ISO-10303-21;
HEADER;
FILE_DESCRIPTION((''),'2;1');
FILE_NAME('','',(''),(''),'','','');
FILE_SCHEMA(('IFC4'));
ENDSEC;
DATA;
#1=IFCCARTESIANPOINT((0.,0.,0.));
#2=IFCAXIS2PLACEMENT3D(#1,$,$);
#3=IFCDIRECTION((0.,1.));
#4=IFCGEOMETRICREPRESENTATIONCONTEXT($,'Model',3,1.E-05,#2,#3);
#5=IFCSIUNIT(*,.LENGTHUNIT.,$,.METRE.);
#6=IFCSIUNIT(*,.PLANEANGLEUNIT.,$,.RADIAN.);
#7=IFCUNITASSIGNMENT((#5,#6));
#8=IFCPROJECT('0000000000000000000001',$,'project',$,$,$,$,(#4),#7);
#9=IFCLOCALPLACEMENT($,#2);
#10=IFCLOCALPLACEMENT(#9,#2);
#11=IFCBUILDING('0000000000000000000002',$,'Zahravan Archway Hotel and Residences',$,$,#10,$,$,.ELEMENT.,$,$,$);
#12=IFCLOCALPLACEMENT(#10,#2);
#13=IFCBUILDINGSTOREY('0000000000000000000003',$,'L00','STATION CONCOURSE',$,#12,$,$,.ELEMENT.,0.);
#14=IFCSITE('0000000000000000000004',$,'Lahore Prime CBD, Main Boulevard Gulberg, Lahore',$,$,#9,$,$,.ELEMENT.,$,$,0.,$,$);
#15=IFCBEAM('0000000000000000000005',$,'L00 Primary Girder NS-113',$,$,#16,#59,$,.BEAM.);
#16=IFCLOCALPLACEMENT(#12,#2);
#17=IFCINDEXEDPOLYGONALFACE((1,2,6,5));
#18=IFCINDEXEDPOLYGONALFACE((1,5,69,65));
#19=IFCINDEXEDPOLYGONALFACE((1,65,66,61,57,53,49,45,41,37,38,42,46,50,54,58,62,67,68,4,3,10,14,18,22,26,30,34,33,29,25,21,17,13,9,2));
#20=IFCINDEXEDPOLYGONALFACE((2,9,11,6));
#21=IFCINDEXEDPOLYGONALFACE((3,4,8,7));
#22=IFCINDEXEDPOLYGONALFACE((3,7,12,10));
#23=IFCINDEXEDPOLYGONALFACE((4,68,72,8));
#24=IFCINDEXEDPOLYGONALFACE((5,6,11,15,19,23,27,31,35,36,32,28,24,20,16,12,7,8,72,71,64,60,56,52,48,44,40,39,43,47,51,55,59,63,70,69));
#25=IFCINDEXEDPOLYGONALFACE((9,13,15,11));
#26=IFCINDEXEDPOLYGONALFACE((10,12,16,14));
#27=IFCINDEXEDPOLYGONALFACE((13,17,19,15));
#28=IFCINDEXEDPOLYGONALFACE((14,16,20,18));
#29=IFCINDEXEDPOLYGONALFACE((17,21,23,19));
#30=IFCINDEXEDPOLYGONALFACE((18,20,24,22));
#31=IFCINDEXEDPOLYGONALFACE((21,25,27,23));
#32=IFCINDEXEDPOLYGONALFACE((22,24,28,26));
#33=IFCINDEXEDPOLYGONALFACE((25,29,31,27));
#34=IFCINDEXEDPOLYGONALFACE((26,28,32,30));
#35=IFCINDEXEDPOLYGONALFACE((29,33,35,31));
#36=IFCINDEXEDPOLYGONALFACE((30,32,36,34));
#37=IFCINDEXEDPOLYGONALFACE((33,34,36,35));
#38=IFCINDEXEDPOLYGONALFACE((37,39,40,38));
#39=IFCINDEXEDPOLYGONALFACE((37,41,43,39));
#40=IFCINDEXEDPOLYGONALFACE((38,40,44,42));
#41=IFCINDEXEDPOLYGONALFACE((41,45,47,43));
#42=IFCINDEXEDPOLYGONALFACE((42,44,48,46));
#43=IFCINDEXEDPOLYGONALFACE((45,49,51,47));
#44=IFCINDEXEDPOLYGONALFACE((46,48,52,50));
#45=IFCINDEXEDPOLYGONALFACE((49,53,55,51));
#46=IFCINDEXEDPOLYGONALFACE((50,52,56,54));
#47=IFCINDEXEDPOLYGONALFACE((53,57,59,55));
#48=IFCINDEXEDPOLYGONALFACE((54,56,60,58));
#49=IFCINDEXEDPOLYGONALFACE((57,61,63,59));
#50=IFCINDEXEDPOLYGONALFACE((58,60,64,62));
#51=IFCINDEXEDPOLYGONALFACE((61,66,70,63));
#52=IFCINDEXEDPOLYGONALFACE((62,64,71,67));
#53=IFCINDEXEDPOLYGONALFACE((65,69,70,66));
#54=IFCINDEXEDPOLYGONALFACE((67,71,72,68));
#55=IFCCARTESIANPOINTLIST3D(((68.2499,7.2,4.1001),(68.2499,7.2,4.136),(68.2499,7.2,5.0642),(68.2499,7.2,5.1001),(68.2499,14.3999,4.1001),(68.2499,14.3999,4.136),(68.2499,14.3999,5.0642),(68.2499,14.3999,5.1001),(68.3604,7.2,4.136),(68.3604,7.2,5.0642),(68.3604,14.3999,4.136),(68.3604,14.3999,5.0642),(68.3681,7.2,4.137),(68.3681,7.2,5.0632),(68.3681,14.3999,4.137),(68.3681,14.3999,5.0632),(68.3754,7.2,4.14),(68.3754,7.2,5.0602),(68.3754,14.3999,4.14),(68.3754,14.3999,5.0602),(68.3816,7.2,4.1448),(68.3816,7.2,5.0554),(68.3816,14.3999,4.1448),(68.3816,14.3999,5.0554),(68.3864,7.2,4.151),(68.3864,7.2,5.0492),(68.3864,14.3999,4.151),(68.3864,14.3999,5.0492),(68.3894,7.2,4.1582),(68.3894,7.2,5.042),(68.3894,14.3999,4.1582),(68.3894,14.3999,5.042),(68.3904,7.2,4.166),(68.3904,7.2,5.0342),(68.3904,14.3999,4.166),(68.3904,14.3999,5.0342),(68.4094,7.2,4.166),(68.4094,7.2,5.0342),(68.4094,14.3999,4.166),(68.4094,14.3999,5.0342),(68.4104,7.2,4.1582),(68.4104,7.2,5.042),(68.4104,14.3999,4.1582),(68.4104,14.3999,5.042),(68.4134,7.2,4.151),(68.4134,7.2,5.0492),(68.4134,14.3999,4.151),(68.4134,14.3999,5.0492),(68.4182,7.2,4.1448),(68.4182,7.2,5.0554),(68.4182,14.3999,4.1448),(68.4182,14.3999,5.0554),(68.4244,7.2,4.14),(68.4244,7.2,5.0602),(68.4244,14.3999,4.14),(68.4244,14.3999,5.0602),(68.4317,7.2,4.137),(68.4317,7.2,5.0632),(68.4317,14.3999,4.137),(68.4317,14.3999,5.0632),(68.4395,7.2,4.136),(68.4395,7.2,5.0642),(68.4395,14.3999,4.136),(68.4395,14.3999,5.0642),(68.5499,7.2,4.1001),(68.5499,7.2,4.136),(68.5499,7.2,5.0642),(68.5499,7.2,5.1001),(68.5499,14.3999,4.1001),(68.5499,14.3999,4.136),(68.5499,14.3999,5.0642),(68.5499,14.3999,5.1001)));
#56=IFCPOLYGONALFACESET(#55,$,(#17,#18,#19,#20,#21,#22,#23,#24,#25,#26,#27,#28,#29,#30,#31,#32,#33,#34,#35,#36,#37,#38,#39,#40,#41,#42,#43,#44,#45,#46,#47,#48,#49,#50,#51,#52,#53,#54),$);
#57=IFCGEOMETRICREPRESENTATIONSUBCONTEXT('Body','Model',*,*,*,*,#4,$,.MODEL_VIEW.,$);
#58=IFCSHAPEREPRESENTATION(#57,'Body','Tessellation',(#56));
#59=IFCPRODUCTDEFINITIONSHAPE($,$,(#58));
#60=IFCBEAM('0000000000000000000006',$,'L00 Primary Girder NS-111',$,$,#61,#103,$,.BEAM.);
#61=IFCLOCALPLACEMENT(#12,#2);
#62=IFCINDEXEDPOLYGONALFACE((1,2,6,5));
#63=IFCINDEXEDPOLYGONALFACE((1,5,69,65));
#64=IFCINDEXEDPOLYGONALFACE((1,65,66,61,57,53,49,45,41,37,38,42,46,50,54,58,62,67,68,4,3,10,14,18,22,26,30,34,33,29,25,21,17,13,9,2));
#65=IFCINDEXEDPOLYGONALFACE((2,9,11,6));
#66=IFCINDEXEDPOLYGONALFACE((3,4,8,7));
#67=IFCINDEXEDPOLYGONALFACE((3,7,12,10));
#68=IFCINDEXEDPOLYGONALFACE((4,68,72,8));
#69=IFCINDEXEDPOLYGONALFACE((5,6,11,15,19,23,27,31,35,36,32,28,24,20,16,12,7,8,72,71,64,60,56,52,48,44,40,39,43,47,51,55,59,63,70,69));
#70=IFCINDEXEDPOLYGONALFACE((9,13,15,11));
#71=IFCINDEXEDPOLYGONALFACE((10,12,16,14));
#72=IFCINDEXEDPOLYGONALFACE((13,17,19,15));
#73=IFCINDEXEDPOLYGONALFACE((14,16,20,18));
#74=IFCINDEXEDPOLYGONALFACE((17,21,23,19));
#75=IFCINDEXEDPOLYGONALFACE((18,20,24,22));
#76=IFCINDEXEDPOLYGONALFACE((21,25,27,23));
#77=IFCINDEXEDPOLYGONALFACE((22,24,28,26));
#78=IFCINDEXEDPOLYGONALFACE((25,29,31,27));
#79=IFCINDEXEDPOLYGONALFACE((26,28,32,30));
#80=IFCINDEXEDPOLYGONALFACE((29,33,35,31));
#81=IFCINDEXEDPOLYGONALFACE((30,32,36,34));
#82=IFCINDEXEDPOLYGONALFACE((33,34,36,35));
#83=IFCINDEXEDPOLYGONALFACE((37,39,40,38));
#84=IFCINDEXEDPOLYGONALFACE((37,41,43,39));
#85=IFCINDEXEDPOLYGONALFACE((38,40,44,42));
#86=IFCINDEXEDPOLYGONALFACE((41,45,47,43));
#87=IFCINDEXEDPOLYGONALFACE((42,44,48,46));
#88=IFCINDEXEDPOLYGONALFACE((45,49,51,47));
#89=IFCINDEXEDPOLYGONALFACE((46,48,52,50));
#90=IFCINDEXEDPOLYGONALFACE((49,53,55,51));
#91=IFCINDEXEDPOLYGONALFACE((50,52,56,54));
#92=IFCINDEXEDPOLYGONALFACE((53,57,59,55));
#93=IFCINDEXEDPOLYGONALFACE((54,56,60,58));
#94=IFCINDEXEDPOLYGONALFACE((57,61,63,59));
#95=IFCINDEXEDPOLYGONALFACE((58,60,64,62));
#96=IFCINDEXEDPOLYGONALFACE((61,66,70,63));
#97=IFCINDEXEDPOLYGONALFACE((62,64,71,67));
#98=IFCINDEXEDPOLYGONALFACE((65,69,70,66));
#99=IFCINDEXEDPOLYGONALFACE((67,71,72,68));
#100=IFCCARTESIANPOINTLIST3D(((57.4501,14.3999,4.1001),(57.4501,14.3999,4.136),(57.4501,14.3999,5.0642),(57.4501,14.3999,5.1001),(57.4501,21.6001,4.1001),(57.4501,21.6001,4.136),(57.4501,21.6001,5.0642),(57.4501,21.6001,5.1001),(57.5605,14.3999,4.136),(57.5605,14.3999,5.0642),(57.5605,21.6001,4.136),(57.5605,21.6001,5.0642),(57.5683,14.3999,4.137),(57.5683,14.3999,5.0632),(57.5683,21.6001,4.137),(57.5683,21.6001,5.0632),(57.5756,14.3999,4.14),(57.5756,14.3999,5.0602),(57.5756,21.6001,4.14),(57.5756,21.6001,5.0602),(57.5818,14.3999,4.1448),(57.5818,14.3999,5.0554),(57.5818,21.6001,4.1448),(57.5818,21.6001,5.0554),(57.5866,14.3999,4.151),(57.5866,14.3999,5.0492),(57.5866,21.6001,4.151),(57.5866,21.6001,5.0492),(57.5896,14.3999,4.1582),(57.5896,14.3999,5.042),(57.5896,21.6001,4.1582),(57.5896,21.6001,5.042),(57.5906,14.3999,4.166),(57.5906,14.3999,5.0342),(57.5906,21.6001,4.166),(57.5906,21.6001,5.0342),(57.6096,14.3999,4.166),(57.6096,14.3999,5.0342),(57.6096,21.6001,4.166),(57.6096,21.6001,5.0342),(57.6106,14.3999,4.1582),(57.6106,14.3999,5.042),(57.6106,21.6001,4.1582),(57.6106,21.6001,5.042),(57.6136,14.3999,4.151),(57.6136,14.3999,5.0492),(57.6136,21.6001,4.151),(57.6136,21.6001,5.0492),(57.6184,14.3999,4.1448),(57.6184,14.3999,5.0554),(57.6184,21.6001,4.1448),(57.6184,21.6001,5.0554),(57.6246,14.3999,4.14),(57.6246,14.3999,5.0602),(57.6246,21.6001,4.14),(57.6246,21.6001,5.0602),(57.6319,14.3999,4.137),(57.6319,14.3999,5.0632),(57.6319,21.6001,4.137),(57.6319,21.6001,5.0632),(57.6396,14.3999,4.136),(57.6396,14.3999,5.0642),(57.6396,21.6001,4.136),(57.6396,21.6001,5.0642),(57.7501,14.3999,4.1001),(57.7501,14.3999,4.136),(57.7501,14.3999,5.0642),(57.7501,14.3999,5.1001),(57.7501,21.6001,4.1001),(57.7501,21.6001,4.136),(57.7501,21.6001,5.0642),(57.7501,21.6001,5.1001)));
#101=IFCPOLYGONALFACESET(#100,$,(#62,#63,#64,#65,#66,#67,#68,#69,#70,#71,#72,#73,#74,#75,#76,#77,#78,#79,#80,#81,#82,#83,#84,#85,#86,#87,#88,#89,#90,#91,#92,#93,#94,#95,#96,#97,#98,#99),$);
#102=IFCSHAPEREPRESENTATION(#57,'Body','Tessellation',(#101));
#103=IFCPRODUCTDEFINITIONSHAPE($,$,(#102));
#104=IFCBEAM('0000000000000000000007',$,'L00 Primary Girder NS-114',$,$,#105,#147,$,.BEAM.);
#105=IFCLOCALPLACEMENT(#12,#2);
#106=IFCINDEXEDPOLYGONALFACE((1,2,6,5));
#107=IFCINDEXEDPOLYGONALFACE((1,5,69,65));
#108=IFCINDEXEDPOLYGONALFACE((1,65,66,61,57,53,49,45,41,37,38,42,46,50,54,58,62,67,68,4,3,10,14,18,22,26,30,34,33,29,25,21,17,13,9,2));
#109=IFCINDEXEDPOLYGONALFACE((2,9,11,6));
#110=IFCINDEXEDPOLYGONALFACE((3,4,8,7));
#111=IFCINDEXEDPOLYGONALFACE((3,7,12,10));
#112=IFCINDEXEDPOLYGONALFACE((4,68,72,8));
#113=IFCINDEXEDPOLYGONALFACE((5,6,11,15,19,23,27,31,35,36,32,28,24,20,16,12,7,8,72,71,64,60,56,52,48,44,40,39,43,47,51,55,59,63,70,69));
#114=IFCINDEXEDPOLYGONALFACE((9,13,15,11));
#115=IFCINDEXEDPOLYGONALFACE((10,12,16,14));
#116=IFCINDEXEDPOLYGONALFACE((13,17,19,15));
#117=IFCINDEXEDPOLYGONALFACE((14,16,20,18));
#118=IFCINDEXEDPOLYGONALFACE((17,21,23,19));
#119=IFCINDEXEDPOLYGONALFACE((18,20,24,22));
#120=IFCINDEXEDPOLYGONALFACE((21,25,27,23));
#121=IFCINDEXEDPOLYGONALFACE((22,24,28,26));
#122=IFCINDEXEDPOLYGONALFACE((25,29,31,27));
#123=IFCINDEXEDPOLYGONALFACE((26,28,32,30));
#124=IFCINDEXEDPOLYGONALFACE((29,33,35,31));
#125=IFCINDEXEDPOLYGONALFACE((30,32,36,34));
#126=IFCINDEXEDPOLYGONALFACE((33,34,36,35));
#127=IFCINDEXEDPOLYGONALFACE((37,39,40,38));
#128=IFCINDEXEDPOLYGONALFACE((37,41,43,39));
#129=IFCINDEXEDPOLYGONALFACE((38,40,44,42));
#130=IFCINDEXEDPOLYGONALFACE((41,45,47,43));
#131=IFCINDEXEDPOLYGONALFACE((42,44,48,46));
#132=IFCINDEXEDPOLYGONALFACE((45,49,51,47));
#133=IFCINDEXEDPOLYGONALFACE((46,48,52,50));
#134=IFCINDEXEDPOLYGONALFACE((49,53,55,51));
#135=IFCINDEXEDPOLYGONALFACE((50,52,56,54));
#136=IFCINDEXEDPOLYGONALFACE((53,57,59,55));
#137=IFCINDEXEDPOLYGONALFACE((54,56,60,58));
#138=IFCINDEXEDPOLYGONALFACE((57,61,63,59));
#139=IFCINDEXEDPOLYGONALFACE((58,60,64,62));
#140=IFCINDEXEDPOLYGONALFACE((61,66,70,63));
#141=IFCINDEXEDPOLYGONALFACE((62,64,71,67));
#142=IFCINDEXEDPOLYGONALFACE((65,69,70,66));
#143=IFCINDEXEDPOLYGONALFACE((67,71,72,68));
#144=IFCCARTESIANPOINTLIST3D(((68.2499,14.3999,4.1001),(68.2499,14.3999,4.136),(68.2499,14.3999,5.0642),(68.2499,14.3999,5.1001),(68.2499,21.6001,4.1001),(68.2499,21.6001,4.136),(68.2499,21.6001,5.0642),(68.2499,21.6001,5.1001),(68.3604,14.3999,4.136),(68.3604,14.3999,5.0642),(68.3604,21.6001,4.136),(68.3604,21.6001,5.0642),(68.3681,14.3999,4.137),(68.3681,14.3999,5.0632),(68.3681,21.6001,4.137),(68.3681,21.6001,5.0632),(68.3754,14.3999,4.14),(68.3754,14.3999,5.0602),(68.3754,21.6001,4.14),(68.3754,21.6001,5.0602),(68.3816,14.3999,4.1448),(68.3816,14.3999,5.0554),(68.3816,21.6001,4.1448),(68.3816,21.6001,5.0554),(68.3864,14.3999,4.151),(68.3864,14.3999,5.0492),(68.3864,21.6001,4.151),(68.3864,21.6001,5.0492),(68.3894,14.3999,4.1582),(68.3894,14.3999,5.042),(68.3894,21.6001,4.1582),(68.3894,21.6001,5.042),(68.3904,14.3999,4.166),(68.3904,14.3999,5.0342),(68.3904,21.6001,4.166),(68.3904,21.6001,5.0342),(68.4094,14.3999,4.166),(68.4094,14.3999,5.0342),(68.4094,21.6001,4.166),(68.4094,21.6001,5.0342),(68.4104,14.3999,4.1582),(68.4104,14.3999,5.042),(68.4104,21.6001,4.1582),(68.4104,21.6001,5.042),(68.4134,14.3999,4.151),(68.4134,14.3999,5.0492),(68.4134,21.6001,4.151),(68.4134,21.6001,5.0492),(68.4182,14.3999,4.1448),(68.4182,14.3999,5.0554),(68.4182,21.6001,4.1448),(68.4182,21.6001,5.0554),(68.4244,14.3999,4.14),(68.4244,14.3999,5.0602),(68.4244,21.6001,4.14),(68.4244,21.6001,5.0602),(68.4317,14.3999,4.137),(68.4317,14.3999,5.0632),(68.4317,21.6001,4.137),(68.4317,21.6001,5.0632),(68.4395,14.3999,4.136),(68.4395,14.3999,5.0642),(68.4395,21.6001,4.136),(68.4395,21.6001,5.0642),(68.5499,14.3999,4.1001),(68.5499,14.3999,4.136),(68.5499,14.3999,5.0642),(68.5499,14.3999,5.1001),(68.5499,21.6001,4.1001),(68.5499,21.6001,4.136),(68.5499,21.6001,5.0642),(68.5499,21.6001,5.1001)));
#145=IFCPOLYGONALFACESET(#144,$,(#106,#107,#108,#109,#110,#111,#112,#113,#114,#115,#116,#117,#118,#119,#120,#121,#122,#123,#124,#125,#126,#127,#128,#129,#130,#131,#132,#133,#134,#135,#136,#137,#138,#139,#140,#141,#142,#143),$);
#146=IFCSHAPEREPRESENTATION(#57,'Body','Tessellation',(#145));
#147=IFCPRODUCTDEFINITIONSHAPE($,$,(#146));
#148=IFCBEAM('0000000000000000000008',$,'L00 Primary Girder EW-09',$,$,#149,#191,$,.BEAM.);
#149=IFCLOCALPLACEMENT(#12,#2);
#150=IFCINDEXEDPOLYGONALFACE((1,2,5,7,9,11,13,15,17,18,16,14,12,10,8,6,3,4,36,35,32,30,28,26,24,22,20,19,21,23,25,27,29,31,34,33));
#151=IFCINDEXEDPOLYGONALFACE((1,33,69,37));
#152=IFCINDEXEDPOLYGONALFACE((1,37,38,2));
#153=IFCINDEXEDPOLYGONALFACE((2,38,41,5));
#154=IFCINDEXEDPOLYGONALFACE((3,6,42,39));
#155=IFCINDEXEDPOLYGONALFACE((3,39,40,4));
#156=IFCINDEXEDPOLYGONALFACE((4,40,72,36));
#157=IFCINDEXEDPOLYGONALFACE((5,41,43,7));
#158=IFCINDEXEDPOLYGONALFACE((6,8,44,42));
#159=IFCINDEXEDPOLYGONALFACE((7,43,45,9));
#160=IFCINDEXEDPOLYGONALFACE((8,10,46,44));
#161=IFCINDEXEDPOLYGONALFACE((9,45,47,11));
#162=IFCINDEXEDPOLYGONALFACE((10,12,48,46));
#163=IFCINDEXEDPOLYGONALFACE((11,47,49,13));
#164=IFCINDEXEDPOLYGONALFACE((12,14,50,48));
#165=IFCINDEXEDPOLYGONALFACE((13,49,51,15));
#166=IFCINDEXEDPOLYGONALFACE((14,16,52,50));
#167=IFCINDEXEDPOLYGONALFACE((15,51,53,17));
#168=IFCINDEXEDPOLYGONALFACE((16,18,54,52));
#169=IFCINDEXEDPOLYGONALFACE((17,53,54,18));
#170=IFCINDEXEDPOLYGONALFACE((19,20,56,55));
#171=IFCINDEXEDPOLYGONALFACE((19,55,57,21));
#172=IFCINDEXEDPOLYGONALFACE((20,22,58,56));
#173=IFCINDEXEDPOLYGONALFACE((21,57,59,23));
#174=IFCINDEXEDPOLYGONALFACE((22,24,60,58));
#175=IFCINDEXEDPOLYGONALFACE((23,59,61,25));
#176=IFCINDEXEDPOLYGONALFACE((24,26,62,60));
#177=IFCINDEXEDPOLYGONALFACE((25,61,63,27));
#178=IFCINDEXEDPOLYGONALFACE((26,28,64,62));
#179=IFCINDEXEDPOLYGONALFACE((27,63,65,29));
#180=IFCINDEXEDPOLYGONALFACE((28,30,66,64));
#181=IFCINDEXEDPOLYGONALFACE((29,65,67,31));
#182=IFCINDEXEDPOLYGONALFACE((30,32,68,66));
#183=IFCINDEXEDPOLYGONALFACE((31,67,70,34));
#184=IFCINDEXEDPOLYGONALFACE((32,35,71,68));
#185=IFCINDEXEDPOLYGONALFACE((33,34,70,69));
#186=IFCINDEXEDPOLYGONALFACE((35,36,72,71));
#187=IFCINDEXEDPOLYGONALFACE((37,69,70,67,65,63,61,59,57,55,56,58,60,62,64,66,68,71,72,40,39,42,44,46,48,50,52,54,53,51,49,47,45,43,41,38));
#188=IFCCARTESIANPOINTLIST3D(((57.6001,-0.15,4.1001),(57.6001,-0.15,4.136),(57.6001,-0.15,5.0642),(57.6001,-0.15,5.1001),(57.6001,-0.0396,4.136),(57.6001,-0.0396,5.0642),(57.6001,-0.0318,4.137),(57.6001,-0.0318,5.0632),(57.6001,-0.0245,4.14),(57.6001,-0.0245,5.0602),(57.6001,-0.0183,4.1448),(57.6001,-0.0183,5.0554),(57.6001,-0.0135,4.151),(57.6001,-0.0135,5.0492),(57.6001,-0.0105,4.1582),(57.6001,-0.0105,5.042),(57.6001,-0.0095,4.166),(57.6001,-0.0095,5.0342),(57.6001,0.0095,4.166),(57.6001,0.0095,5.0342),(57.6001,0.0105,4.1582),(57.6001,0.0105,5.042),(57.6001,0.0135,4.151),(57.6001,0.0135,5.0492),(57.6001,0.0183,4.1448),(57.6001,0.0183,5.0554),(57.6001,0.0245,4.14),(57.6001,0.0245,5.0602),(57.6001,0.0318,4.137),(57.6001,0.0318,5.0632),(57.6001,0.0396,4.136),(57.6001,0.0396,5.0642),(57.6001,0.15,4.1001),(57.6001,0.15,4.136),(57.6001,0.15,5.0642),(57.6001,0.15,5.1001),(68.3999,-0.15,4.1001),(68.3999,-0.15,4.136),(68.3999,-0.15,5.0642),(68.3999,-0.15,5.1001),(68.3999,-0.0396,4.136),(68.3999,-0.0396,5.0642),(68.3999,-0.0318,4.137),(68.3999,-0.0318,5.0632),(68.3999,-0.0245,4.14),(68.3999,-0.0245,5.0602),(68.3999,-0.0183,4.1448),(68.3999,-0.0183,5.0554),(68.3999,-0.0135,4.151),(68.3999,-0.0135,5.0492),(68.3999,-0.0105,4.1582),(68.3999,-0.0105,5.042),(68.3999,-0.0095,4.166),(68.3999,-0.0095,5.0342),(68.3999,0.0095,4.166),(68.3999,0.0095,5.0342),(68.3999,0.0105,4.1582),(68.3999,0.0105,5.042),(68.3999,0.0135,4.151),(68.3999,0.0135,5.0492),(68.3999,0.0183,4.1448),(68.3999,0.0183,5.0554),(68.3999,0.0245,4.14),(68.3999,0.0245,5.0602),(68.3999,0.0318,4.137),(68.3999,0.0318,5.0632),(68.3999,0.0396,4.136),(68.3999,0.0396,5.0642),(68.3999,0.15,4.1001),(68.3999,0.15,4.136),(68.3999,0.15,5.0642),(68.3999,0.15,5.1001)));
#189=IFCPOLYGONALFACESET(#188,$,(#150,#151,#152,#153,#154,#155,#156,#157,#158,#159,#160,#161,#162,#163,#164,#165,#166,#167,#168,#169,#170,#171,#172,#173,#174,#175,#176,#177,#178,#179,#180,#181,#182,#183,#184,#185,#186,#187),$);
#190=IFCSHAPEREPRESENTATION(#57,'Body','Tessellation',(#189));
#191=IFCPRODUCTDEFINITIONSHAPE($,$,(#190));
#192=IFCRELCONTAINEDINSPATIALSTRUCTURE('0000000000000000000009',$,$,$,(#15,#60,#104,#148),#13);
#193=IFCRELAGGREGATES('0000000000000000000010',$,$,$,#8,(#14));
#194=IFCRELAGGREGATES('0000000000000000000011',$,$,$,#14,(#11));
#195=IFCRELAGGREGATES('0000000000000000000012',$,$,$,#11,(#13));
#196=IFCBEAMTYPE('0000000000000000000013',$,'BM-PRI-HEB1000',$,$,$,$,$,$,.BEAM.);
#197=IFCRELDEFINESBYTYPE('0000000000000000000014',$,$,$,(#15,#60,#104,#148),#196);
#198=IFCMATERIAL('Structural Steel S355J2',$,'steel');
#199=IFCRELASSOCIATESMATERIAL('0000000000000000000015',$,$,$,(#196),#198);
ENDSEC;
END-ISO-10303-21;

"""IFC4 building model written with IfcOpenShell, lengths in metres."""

from ifc_helpers import new_model, si_unit, direction, frame, origin, origin_2d, place, context, subcontext, project, spatial, i_section, extrude, source, transform, mapped, material, material_profile, profile_set, type_object, element, save


model = new_model("IFC4")

# Units and contexts
model_context = context("Model", 3, precision=1e-05, world=origin(), true_north=direction((0.0, 1.0)))
body_context = subcontext(model_context, "Body", "Model", "MODEL_VIEW")
ifc_project = project(units=[si_unit("LENGTHUNIT", "METRE"), si_unit("PLANEANGLEUNIT", "RADIAN")], contexts=[model_context])

# Site, building, storey
site_placement = place(None, origin())
site = spatial("IfcSite", under=ifc_project, at=site_placement, Name="Lahore Prime CBD, Main Boulevard Gulberg, Lahore", CompositionType="ELEMENT", RefElevation=0.0)
building_placement = place(site_placement, origin())
building = spatial("IfcBuilding", under=site, at=building_placement, Name="Zahravan Archway Hotel and Residences", CompositionType="ELEMENT")
storey_placement = place(building_placement, origin())
storey = spatial("IfcBuildingStorey", under=building, at=storey_placement, Name="L00", Description="STATION CONCOURSE", CompositionType="ELEMENT", Elevation=0.0)

# Beams
ifc_material_1 = material(Name="Structural Steel S355J2", Category="steel")
ifc_material_profile_1 = material_profile(ifc_material_1, i_section(OverallWidth=0.3, OverallDepth=1.0, WebThickness=0.019, FlangeThickness=0.0359, FilletRadius=0.03, at=origin_2d()), Name="HEB 1000", Category="steel")
ifc_profile_set_1 = profile_set([ifc_material_profile_1], Name="Structural Steel S355J2")
beam_type_1 = type_object("IfcBeamType", Name="BM-PRI-HEB1000", PredefinedType="BEAM", material=ifc_profile_set_1)
shared_shape_1 = source(origin(), body_context, "Body", "SweptSolid", [
    extrude(i_section(OverallWidth=0.3, OverallDepth=1.0, WebThickness=0.019, FlangeThickness=0.0359, FilletRadius=0.03, at=origin_2d()), origin(), (0.0, 0.0, 1.0), 7.2),
])
for number, where, z_axis, x_axis, name in (
    (1, (68.3999, 7.2, 4.6001), (0.0, 1.0, 0.0), (-1.0, 0.0, 0.0), "L00 Primary Girder NS-113"),
):
    element("IfcBeam", number, at=place(storey_placement, frame(where, z_axis=z_axis, x_axis=x_axis)), inside=storey, type_object=beam_type_1, Name=name, PredefinedType="BEAM", context=body_context, shape_type="MappedRepresentation", body=[
        mapped(shared_shape_1, transform((0.0, 0.0, 0.0), scale=1.0)),
    ])
shared_shape_2 = source(origin(), body_context, "Body", "SweptSolid", [
    extrude(i_section(OverallWidth=0.3, OverallDepth=1.0, WebThickness=0.019, FlangeThickness=0.0359, FilletRadius=0.03, at=origin_2d()), origin(), (0.0, 0.0, 1.0), 7.2002),
])
for number, where, z_axis, x_axis, name in (
    (2, (57.6001, 14.3999, 4.6001), (0.0, 1.0, 0.0), (-1.0, 0.0, 0.0), "L00 Primary Girder NS-111"),
    (3, (68.3999, 14.3999, 4.6001), (0.0, 1.0, 0.0), (-1.0, 0.0, 0.0), "L00 Primary Girder NS-114"),
):
    element("IfcBeam", number, at=place(storey_placement, frame(where, z_axis=z_axis, x_axis=x_axis)), inside=storey, type_object=beam_type_1, Name=name, PredefinedType="BEAM", context=body_context, shape_type="MappedRepresentation", body=[
        mapped(shared_shape_2, transform((0.0, 0.0, 0.0), scale=1.0)),
    ])
shared_shape_3 = source(origin(), body_context, "Body", "SweptSolid", [
    extrude(i_section(OverallWidth=0.3, OverallDepth=1.0, WebThickness=0.019, FlangeThickness=0.0359, FilletRadius=0.03, at=origin_2d()), origin(), (0.0, 0.0, 1.0), 10.7998),
])
for number, where, z_axis, x_axis, name in (
    (4, (57.6001, 0.0, 4.6001), (1.0, 0.0, 0.0), (0.0, 1.0, 0.0), "L00 Primary Girder EW-09"),
):
    element("IfcBeam", number, at=place(storey_placement, frame(where, z_axis=z_axis, x_axis=x_axis)), inside=storey, type_object=beam_type_1, Name=name, PredefinedType="BEAM", context=body_context, shape_type="MappedRepresentation", body=[
        mapped(shared_shape_3, transform((0.0, 0.0, 0.0), scale=1.0)),
    ])

save(model, "model.ifc")
